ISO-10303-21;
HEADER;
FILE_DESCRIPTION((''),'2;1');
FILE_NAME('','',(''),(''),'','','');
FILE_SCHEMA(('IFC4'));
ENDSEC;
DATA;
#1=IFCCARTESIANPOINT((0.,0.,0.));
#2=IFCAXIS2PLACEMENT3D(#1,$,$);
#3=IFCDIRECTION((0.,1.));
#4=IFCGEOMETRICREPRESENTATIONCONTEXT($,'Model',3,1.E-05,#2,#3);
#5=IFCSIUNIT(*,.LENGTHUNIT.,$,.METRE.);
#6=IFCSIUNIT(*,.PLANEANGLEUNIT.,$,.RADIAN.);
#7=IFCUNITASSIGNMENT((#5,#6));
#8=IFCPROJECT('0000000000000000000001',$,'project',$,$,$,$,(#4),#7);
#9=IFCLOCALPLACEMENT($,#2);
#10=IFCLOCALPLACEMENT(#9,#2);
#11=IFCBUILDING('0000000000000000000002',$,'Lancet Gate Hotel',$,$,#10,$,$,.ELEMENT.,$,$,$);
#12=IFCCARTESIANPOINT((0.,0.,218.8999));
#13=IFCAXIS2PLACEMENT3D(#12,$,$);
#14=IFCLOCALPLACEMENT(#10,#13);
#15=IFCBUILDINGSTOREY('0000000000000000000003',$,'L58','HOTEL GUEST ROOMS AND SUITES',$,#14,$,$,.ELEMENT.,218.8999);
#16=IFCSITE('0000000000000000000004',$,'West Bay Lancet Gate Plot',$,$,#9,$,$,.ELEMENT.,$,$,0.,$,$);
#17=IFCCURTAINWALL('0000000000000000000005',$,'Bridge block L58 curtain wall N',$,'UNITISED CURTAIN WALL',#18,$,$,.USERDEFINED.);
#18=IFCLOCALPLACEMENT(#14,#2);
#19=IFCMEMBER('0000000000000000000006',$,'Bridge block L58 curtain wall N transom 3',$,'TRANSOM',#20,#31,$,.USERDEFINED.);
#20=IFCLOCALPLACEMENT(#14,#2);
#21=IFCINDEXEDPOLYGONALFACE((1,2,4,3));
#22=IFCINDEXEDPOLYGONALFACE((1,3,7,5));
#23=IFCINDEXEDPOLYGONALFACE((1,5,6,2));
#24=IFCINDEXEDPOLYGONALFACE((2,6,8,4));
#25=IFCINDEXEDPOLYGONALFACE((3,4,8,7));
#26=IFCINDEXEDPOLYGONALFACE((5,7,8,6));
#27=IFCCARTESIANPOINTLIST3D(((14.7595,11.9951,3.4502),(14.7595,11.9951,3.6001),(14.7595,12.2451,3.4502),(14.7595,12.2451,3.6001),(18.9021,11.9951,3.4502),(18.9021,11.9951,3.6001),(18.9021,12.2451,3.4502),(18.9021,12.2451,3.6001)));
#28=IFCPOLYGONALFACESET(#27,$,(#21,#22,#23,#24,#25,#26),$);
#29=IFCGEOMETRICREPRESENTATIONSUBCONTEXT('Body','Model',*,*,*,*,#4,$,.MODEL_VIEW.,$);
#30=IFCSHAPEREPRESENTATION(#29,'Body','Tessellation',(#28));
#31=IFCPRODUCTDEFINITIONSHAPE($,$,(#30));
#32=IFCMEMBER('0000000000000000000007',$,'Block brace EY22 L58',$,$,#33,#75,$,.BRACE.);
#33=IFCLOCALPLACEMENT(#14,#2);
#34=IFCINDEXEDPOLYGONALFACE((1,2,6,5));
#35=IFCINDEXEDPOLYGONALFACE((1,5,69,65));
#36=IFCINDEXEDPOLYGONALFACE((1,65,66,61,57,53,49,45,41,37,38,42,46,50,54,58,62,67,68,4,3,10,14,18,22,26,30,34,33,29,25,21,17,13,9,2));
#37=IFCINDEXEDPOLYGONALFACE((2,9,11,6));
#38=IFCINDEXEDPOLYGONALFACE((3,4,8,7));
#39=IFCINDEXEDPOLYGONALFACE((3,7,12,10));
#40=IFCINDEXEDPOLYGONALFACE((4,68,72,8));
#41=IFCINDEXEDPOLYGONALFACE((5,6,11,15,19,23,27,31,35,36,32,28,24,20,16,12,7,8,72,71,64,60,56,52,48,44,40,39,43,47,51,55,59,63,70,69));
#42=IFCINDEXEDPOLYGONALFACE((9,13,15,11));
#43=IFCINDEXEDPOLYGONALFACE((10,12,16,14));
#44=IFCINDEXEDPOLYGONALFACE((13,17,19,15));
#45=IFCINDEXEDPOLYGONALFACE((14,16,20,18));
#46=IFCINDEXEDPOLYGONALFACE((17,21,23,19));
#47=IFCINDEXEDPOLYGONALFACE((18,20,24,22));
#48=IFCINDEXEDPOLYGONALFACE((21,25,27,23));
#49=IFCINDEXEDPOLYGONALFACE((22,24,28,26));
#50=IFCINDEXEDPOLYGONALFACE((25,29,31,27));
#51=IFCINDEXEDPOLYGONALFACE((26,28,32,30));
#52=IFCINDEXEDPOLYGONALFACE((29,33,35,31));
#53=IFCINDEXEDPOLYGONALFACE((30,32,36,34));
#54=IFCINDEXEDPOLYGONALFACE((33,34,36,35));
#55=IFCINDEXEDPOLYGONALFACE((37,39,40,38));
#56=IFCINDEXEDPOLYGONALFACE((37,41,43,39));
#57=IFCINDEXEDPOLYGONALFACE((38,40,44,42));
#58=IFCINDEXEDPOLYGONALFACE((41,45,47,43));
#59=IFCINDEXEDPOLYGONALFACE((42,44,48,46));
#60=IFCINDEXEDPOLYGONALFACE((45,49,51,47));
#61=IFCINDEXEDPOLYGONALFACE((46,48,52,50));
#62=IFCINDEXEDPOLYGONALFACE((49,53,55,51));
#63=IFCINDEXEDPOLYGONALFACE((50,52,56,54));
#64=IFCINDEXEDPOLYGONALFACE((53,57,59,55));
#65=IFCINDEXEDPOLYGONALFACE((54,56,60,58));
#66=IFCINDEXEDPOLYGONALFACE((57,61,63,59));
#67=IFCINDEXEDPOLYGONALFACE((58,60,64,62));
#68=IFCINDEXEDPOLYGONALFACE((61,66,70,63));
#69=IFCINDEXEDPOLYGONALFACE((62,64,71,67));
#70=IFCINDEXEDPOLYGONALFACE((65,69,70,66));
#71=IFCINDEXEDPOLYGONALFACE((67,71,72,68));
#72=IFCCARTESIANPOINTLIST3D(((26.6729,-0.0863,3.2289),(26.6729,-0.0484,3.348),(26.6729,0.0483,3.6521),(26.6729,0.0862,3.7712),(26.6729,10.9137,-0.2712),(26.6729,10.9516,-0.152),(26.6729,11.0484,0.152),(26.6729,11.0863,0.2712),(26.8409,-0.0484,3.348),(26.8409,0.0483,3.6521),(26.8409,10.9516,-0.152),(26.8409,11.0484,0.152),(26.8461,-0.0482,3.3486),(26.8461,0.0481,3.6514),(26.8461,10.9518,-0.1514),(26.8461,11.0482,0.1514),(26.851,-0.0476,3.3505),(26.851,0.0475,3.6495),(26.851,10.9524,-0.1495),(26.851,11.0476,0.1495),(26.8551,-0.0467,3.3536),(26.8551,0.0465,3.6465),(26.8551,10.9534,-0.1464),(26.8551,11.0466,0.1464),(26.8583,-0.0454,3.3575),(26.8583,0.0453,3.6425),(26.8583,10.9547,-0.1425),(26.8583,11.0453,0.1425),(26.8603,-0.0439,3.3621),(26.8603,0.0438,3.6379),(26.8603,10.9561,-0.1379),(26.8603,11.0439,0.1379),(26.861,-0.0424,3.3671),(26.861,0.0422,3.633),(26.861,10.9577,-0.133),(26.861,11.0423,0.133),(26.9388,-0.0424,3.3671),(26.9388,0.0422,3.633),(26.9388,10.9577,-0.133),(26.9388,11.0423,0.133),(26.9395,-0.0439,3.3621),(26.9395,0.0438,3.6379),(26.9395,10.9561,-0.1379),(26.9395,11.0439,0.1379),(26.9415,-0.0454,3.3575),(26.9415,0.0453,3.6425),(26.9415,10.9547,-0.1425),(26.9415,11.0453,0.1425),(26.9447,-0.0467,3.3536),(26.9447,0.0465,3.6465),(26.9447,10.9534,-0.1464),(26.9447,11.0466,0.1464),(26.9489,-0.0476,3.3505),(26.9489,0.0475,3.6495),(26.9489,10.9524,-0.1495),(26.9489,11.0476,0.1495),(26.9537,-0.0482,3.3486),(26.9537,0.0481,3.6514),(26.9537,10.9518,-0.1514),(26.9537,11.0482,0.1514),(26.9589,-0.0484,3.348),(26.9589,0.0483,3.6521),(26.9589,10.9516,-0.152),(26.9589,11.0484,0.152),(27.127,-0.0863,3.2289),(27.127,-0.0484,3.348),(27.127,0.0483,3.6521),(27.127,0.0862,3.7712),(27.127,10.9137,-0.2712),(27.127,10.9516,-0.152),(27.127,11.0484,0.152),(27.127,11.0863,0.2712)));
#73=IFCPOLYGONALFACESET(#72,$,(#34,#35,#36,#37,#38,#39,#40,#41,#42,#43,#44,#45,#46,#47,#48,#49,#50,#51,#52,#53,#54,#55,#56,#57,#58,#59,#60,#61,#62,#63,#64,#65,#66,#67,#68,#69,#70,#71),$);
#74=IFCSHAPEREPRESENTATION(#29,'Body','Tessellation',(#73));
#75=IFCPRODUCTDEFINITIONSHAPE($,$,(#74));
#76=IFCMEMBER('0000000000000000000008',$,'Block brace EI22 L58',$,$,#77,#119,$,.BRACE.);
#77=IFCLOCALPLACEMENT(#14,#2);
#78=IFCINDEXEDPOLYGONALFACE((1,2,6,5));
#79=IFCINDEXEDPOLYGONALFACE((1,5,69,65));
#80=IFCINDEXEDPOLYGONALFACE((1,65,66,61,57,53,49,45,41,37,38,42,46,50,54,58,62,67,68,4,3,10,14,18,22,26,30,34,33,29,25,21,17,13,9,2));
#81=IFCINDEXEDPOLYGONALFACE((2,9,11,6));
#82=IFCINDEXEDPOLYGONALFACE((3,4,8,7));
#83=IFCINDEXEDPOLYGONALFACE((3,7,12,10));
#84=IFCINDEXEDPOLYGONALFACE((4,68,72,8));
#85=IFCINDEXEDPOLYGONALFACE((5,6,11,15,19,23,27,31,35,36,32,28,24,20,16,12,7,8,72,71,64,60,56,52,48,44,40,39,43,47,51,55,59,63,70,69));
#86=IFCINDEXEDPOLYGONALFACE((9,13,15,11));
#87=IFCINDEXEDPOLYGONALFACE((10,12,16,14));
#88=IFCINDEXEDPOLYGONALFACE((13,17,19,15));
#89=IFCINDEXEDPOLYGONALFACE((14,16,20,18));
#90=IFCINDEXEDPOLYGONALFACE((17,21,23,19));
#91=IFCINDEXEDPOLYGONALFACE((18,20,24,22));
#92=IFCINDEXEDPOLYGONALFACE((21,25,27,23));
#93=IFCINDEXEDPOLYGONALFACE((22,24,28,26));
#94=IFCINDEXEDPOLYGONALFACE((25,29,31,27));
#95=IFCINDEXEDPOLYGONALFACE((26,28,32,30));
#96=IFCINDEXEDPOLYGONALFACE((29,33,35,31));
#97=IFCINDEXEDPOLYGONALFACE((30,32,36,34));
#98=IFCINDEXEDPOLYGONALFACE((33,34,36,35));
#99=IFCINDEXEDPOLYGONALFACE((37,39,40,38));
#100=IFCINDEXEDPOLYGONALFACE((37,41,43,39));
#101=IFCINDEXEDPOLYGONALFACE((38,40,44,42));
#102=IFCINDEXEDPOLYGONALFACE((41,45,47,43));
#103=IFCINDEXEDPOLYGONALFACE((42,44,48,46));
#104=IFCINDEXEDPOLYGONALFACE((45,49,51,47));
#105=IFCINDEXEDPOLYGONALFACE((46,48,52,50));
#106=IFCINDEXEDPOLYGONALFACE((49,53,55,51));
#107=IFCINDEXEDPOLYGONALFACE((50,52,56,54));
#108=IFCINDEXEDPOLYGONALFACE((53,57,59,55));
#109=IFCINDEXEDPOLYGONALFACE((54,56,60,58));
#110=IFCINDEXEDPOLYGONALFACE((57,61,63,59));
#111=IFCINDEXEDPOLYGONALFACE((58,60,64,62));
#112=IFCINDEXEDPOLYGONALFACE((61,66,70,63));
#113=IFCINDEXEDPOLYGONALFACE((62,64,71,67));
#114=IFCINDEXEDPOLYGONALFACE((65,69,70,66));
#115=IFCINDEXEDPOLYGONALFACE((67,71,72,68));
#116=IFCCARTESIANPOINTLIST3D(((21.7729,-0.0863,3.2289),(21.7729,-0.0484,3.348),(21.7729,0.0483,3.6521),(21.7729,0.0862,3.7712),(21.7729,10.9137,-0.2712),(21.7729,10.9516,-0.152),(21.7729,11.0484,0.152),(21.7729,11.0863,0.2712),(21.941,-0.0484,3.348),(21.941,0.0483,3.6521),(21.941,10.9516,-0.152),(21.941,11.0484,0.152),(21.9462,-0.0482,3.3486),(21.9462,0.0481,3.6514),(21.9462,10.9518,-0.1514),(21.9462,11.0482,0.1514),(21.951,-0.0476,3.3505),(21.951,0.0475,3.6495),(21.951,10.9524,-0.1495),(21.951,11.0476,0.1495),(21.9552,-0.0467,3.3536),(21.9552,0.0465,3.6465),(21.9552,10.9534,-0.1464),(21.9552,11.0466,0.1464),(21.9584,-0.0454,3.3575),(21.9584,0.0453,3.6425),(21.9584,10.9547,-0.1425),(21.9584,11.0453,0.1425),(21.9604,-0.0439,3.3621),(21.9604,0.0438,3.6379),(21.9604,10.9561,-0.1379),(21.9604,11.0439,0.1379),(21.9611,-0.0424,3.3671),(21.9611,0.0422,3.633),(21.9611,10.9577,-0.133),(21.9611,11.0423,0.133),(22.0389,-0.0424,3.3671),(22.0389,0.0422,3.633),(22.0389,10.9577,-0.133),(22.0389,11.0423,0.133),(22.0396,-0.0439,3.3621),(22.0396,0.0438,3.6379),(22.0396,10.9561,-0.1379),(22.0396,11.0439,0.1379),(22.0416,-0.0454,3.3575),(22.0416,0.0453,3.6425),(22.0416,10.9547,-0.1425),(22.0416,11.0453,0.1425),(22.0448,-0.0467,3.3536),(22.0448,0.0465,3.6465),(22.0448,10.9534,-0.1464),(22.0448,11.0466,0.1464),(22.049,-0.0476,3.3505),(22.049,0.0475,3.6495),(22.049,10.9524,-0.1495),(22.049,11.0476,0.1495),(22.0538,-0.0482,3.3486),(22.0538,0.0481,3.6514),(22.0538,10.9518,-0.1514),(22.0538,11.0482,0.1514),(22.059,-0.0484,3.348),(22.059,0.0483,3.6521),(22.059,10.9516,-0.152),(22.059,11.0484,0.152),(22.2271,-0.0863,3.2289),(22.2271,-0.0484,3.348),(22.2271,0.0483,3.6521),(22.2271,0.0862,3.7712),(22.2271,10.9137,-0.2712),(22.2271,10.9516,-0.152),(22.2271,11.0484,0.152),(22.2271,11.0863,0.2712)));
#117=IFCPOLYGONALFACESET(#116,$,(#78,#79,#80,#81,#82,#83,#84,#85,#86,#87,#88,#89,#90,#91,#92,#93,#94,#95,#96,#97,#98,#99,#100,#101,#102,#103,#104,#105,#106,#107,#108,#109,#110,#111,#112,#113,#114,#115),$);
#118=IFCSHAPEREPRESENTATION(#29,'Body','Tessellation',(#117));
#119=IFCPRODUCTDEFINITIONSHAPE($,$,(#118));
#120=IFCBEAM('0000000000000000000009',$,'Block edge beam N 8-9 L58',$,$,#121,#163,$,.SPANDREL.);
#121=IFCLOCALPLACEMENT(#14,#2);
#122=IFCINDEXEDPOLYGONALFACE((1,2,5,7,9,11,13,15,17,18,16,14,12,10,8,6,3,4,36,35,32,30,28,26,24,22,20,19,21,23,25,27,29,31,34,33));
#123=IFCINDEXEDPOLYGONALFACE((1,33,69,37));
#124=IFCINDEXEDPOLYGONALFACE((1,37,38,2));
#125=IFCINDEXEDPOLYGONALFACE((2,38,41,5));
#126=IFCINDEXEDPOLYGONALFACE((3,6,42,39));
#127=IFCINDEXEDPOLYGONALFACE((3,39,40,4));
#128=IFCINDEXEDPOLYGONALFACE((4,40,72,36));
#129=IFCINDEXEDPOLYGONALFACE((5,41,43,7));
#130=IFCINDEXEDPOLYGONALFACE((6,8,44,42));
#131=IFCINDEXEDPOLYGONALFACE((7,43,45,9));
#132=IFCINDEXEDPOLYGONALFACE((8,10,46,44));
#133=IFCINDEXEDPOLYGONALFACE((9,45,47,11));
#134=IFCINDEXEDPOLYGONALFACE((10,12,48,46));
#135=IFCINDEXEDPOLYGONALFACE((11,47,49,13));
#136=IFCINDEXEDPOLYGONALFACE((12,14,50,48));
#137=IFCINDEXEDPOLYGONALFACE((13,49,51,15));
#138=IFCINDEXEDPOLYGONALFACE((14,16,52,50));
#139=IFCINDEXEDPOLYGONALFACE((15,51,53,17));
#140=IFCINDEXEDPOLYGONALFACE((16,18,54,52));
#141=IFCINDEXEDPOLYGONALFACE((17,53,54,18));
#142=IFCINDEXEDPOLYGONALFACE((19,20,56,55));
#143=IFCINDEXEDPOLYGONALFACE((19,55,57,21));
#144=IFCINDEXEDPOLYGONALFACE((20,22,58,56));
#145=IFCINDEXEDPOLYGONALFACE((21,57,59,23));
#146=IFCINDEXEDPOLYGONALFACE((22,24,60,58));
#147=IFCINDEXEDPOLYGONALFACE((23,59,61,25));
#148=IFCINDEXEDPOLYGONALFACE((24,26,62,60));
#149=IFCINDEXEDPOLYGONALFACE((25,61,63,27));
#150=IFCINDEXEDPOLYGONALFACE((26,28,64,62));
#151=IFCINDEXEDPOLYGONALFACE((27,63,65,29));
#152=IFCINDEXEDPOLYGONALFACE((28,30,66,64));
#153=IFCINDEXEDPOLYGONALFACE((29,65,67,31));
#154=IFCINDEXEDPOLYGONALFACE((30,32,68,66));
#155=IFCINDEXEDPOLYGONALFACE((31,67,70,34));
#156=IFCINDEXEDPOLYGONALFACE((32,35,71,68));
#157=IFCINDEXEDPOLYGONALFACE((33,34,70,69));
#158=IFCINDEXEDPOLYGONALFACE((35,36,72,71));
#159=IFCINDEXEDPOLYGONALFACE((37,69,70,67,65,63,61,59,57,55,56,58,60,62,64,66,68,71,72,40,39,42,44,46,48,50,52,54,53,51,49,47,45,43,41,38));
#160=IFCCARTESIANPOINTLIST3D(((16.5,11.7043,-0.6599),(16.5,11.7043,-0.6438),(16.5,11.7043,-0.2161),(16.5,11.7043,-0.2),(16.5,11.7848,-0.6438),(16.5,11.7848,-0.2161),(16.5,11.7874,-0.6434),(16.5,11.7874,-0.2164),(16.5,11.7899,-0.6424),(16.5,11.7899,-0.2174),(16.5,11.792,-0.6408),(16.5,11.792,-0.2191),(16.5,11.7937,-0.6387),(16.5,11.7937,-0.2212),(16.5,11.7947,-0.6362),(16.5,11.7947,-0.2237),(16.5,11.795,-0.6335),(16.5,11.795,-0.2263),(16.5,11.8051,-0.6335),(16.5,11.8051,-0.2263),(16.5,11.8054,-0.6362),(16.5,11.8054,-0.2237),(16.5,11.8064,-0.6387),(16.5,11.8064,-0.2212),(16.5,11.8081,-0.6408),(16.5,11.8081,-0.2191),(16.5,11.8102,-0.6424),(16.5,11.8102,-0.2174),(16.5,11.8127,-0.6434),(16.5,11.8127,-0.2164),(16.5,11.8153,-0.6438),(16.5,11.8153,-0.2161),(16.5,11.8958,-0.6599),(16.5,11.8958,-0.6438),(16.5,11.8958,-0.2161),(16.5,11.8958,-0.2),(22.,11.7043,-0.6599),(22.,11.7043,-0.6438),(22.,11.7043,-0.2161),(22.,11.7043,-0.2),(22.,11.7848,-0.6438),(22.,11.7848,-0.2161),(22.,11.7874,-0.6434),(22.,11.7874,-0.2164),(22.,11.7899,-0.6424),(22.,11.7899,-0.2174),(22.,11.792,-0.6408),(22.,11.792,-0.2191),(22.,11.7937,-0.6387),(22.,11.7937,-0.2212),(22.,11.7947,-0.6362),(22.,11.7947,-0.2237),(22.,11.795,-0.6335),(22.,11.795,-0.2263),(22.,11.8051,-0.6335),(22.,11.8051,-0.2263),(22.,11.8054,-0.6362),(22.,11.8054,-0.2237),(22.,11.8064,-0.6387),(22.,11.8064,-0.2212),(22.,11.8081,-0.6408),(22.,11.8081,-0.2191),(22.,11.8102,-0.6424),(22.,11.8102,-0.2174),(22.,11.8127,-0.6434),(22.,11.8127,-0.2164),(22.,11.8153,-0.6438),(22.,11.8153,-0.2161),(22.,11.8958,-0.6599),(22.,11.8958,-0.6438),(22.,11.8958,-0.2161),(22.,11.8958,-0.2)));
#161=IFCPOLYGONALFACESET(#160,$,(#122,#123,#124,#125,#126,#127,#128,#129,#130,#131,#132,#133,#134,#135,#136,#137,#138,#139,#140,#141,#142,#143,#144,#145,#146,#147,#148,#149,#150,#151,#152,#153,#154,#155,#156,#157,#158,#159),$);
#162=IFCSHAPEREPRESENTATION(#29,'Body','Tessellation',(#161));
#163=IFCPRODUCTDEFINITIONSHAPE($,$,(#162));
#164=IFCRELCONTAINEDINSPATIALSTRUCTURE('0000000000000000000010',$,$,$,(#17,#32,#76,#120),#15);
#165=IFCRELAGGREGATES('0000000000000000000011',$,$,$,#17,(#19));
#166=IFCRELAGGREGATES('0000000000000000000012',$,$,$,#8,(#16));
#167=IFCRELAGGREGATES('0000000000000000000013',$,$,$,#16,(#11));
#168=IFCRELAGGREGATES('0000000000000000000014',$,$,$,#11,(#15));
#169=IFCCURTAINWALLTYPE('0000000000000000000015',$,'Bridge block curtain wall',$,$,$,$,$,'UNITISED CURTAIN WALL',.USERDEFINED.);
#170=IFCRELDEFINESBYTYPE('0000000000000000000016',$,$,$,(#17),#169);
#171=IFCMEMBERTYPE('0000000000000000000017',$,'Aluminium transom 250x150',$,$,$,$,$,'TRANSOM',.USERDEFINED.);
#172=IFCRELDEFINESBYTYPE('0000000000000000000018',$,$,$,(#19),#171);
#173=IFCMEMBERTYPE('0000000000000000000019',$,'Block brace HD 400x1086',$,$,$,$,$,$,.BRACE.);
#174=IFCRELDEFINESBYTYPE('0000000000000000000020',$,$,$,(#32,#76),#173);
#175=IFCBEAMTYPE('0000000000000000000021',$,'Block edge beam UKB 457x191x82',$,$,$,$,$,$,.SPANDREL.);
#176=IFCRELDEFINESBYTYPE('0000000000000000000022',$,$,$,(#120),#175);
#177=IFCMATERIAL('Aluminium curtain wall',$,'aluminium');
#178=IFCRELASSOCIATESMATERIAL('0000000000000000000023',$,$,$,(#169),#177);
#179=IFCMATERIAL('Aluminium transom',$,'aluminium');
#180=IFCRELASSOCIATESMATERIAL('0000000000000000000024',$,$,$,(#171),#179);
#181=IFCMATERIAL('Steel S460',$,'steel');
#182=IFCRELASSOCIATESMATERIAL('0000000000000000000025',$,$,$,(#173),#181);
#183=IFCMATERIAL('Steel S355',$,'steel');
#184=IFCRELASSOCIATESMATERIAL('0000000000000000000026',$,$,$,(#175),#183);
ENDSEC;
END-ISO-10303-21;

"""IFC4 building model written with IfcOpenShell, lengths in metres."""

from ifc_helpers import new_model, si_unit, direction, frame, origin, origin_2d, place, context, subcontext, project, spatial, rectangle, i_section, extrude, material, material_profile, profile_set, type_object, element, aggregate, save


model = new_model("IFC4")

# Units and contexts
model_context = context("Model", 3, precision=1e-05, world=origin(), true_north=direction((0.0, 1.0)))
body_context = subcontext(model_context, "Body", "Model", "MODEL_VIEW")
ifc_project = project(units=[si_unit("LENGTHUNIT", "METRE"), si_unit("PLANEANGLEUNIT", "RADIAN")], contexts=[model_context])

# Site, building, storey
site_placement = place(None, origin())
site = spatial("IfcSite", under=ifc_project, at=site_placement, Name="West Bay Lancet Gate Plot", CompositionType="ELEMENT", RefElevation=0.0)
building_placement = place(site_placement, origin())
building = spatial("IfcBuilding", under=site, at=building_placement, Name="Lancet Gate Hotel", CompositionType="ELEMENT")
storey_placement = place(building_placement, frame((0.0, 0.0, 218.8999)))
storey = spatial("IfcBuildingStorey", under=building, at=storey_placement, Name="L58", Description="HOTEL GUEST ROOMS AND SUITES", CompositionType="ELEMENT", Elevation=218.8999)

# Curtain wall
ifc_material_1 = material(Name="Aluminium curtain wall", Category="aluminium")
curtain_wall_type_1 = type_object("IfcCurtainWallType", Name="Bridge block curtain wall", ElementType="UNITISED CURTAIN WALL", PredefinedType="USERDEFINED", material=ifc_material_1)
curtain_wall_1_placement = place(storey_placement, origin())
curtain_wall_1 = element("IfcCurtainWall", 1, at=curtain_wall_1_placement, inside=storey, type_object=curtain_wall_type_1, Name="Bridge block L58 curtain wall N", ObjectType="UNITISED CURTAIN WALL", PredefinedType="USERDEFINED")

# Member
ifc_material_2 = material(Name="Aluminium transom", Category="aluminium")
ifc_material_profile_1 = material_profile(ifc_material_2, rectangle(XDim=0.25, YDim=0.1499, at=origin_2d()), Name="TRANSOM 250x150")
ifc_profile_set_1 = profile_set([ifc_material_profile_1], Name="Aluminium transom")
member_type_1 = type_object("IfcMemberType", Name="Aluminium transom 250x150", ElementType="TRANSOM", PredefinedType="USERDEFINED", material=ifc_profile_set_1)
member_1_placement = place(storey_placement, frame((18.9021, 12.1201, 3.5251), z_axis=(-1.0, 0.0, 0.0), x_axis=(0.0, -1.0, 0.0)))
member_1 = element("IfcMember", 2, at=member_1_placement, type_object=member_type_1, Name="Bridge block L58 curtain wall N transom 3", ObjectType="TRANSOM", PredefinedType="USERDEFINED", context=body_context, shape_type="SweptSolid", body=[
    extrude(rectangle(XDim=0.25, YDim=0.1499, at=origin_2d()), origin(), (0.0, 0.0, 1.0), 4.1426),
])

# Members
ifc_material_3 = material(Name="Steel S460", Category="steel")
ifc_material_profile_2 = material_profile(ifc_material_3, i_section(OverallWidth=0.4541, OverallDepth=0.5691, WebThickness=0.0779, FlangeThickness=0.125, FilletRadius=0.02, at=origin_2d()), Name="HD 400x1086")
ifc_profile_set_2 = profile_set([ifc_material_profile_2], Name="Steel S460")
member_type_2 = type_object("IfcMemberType", Name="Block brace HD 400x1086", PredefinedType="BRACE", material=ifc_profile_set_2)
for number, where, z_axis, x_axis, name in (
    (3, (26.8999, 11.0, 0.0), (0.0, -0.952926, 0.303204), (1.0, 0.0, 0.0), "Block brace EY22 L58"),
    (4, (22.0, 11.0, 0.0), (0.0, -0.952926, 0.303204), (1.0, 0.0, 0.0), "Block brace EI22 L58"),
):
    element("IfcMember", number, at=place(storey_placement, frame(where, z_axis=z_axis, x_axis=x_axis)), inside=storey, type_object=member_type_2, Name=name, PredefinedType="BRACE", context=body_context, shape_type="SweptSolid", body=[
        extrude(i_section(OverallWidth=0.4541, OverallDepth=0.5691, WebThickness=0.0779, FlangeThickness=0.125, FilletRadius=0.02, at=origin_2d()), origin(), (0.0, 0.0, 1.0), 11.5435),
    ])

# Beam
ifc_material_4 = material(Name="Steel S355", Category="steel")
ifc_material_profile_3 = material_profile(ifc_material_4, i_section(OverallWidth=0.1914, OverallDepth=0.46, WebThickness=0.01, FlangeThickness=0.0161, FilletRadius=0.0103, at=origin_2d()), Name="UKB 457x191x82")
ifc_profile_set_3 = profile_set([ifc_material_profile_3], Name="Steel S355")
beam_type_1 = type_object("IfcBeamType", Name="Block edge beam UKB 457x191x82", PredefinedType="SPANDREL", material=ifc_profile_set_3)
beam_1_placement = place(storey_placement, frame((16.5, 11.8, -0.4299), z_axis=(1.0, 0.0, 0.0), x_axis=(0.0, 1.0, 0.0)))
element("IfcBeam", 5, at=beam_1_placement, inside=storey, type_object=beam_type_1, Name="Block edge beam N 8-9 L58", PredefinedType="SPANDREL", context=body_context, shape_type="SweptSolid", body=[
    extrude(i_section(OverallWidth=0.1914, OverallDepth=0.46, WebThickness=0.01, FlangeThickness=0.0161, FilletRadius=0.0103, at=origin_2d()), origin(), (0.0, 0.0, 1.0), 5.5),
])

aggregate(curtain_wall_1, [member_1])

save(model, "model.ifc")
